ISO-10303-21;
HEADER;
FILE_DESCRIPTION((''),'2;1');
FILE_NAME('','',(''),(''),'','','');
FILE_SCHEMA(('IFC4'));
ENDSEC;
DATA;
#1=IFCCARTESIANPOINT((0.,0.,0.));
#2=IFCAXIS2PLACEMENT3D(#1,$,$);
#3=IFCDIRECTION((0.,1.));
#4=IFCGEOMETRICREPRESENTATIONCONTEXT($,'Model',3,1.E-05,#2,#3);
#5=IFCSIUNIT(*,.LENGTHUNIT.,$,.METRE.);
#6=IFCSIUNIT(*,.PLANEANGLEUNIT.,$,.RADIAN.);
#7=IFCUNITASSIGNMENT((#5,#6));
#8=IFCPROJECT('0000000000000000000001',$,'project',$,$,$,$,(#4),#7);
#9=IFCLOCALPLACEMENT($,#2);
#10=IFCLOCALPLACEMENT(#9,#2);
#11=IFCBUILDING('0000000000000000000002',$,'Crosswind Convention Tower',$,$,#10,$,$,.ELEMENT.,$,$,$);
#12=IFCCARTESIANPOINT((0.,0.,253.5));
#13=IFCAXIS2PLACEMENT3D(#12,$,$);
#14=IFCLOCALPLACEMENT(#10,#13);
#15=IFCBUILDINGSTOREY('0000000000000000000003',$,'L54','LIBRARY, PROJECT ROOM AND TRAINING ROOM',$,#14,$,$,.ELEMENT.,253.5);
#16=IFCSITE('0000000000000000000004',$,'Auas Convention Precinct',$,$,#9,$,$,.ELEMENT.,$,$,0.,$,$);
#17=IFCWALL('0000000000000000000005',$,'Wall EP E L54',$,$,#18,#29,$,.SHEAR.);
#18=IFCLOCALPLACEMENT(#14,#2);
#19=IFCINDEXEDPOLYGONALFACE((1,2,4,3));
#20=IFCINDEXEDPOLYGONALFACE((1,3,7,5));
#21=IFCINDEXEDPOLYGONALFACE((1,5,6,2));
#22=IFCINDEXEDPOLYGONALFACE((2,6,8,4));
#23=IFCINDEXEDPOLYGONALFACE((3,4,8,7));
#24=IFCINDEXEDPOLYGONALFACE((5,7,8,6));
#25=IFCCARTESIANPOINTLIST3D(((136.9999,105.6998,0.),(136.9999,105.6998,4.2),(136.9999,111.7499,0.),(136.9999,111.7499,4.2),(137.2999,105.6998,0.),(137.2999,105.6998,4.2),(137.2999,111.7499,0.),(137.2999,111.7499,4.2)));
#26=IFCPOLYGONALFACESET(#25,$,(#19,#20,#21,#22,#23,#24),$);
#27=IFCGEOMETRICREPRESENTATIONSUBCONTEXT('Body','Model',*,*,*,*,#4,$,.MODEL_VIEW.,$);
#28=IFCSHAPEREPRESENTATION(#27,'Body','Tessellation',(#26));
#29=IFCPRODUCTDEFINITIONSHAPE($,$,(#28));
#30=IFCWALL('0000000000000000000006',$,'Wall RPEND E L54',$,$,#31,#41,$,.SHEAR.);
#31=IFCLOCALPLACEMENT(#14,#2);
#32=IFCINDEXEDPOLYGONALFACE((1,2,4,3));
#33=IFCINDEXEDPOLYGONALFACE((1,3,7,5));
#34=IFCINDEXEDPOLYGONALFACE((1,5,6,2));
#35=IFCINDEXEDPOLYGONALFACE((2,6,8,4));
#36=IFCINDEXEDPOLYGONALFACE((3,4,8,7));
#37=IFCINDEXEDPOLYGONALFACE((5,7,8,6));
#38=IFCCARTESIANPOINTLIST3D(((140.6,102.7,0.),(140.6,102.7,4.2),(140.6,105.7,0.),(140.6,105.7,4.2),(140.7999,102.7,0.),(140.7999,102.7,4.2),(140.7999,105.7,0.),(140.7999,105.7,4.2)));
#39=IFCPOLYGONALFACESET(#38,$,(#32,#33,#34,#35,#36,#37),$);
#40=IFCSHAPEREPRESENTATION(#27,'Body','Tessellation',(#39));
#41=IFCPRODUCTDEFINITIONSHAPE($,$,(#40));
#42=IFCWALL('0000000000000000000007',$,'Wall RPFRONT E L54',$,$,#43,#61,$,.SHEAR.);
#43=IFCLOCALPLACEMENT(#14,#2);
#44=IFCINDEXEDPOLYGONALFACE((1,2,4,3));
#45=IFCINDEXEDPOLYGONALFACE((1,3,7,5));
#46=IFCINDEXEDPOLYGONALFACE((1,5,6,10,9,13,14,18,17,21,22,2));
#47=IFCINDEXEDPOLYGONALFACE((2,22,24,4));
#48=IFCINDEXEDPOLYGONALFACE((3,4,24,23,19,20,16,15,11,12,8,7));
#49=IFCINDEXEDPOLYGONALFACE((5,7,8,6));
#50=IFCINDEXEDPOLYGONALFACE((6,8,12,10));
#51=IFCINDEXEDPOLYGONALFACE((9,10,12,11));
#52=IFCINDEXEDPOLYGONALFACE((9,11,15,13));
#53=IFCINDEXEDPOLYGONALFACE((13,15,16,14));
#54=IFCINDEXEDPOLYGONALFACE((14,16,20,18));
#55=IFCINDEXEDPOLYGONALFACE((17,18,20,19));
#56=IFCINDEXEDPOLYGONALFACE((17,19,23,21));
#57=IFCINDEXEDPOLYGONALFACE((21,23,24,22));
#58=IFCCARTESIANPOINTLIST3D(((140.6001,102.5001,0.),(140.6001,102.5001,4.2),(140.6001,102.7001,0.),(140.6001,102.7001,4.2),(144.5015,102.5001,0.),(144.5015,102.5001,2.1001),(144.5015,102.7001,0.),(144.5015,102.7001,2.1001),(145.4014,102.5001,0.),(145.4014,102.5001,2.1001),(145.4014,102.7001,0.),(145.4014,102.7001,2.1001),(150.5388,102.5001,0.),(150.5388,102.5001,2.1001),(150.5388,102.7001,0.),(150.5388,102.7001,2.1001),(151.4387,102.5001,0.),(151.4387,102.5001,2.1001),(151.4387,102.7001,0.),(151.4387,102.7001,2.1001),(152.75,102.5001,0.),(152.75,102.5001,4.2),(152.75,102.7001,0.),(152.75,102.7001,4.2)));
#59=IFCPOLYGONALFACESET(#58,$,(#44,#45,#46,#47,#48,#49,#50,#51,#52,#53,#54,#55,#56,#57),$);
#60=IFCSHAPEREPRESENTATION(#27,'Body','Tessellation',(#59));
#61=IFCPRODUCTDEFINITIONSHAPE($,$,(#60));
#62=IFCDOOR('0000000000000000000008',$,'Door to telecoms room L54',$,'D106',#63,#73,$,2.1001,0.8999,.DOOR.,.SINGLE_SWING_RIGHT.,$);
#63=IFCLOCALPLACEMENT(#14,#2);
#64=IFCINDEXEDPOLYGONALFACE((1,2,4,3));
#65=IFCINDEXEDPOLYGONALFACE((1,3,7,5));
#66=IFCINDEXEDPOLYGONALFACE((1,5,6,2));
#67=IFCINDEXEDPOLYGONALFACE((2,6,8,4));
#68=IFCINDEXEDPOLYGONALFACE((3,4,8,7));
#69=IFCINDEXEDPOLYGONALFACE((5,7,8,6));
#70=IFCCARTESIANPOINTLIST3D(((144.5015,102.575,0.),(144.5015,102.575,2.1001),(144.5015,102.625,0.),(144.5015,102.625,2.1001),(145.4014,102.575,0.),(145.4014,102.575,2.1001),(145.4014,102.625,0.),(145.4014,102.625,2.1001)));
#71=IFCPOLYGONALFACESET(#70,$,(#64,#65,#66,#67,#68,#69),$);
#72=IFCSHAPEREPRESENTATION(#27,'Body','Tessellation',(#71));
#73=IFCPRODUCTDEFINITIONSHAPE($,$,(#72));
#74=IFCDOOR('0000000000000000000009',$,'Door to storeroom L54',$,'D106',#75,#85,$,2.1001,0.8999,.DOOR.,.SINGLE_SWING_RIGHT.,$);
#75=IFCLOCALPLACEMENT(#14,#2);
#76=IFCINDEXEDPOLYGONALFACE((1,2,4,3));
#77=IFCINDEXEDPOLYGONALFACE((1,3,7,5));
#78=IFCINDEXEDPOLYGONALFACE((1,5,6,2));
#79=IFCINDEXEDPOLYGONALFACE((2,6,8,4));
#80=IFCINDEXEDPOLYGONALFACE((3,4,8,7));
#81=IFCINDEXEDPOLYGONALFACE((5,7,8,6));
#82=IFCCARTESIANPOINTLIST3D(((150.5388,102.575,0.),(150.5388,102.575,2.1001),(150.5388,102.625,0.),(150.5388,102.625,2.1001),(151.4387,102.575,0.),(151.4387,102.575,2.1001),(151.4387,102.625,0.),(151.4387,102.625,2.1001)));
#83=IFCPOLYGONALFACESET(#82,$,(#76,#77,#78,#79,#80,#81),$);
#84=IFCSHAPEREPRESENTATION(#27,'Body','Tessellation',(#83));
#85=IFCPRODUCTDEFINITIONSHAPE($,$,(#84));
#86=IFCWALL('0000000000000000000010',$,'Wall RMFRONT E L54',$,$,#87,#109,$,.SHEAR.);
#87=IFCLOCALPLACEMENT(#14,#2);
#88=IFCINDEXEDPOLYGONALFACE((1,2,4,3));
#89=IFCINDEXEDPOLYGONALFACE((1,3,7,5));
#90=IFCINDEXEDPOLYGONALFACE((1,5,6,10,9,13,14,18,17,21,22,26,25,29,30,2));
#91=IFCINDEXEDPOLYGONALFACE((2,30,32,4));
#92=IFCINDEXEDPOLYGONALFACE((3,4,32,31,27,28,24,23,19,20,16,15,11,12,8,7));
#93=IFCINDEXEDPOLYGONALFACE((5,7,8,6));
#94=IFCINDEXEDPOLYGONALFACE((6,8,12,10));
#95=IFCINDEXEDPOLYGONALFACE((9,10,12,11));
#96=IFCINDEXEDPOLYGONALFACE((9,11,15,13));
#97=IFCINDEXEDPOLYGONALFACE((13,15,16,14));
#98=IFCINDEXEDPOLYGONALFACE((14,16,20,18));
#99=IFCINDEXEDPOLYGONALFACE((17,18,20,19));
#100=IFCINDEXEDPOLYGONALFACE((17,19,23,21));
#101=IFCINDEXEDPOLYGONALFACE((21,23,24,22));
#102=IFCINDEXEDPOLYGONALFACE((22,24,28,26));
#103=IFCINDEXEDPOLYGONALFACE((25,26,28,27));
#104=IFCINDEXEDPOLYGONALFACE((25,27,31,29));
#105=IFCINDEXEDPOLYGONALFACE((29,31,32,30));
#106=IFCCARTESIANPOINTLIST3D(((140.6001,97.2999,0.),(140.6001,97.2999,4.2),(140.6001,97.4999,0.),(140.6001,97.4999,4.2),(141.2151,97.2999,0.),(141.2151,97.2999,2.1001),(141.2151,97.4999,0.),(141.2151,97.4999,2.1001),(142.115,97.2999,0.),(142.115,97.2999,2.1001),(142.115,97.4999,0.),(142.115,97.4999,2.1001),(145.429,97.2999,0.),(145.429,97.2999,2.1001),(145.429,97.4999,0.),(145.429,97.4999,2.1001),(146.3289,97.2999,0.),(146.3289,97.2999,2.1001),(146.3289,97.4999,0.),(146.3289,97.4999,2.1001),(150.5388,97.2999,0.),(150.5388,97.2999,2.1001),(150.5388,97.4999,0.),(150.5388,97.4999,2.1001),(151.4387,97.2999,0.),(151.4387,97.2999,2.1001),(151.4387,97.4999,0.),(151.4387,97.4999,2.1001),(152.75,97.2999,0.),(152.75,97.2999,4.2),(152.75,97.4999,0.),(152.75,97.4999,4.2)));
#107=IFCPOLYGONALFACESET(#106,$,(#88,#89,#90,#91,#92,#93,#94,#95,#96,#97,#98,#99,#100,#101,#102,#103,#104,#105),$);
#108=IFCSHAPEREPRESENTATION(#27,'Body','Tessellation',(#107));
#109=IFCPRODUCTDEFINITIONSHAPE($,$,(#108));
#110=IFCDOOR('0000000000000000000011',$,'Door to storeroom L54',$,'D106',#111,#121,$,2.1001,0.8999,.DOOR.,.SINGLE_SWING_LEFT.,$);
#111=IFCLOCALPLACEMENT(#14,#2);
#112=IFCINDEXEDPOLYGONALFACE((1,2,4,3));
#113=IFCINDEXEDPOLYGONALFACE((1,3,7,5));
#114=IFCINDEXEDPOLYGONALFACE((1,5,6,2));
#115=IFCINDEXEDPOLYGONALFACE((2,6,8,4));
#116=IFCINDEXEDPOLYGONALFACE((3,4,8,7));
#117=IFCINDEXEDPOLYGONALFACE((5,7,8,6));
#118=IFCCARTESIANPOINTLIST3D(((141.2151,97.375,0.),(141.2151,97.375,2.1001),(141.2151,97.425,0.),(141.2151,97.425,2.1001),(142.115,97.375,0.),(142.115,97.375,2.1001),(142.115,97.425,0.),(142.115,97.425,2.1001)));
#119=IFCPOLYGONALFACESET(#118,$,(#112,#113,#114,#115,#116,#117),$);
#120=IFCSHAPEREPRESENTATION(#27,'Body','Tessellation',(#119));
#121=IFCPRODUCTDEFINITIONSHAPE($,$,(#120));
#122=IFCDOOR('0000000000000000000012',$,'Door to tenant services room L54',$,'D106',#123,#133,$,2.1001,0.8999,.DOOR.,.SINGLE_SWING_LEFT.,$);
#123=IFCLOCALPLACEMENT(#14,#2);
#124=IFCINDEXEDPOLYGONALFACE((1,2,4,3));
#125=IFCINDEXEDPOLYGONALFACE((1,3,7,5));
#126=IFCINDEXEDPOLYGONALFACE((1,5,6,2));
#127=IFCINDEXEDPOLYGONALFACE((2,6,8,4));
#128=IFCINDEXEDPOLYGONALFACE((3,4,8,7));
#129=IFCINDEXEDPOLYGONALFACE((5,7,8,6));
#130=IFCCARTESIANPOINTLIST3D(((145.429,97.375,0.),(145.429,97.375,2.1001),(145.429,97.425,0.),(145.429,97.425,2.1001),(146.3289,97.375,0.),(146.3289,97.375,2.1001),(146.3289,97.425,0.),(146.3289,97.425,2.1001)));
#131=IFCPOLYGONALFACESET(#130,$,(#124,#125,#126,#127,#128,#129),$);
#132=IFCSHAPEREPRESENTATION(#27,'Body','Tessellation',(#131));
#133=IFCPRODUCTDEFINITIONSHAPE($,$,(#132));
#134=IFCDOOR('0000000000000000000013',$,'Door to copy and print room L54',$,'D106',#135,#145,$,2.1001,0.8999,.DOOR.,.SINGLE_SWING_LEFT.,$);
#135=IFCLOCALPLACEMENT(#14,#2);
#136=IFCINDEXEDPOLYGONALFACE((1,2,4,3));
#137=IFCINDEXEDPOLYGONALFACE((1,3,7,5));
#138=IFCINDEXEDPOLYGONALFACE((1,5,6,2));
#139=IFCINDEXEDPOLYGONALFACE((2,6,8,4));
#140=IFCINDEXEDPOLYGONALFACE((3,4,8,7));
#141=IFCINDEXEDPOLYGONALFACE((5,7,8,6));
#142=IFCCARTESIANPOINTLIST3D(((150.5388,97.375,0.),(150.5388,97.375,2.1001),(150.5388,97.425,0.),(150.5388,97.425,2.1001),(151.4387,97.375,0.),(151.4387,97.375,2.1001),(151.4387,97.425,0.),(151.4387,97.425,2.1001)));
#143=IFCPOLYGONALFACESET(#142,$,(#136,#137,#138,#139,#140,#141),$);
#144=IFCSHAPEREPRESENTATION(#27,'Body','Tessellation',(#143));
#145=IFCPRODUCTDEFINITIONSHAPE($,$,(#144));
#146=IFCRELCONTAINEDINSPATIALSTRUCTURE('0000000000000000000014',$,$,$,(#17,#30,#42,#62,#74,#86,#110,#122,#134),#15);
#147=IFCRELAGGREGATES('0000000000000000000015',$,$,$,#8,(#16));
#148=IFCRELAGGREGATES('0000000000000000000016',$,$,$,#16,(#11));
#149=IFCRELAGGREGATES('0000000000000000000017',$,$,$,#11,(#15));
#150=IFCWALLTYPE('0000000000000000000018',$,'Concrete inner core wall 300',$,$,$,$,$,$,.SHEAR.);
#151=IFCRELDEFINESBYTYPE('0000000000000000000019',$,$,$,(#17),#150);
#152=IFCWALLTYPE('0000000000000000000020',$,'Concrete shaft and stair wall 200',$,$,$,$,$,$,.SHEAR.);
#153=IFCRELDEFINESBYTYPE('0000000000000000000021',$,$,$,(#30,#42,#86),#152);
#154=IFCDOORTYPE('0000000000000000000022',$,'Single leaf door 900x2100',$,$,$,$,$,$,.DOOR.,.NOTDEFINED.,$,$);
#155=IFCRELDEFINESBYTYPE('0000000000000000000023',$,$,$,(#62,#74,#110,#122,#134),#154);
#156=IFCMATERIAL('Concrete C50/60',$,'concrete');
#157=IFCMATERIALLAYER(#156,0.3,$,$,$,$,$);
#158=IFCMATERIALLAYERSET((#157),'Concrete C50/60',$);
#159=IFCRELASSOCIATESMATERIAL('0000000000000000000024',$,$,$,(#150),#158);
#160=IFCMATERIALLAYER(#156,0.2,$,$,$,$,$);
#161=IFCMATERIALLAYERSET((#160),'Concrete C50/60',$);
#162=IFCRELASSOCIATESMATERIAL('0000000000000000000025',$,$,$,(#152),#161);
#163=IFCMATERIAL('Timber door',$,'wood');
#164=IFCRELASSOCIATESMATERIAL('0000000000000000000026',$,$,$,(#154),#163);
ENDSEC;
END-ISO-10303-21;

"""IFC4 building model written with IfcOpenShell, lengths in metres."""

from ifc_helpers import new_model, si_unit, direction, frame, frame_2d, origin, place, context, subcontext, project, spatial, rectangle, extrude, material, layer, layer_set, type_object, element, fill, save


model = new_model("IFC4")

# Units and contexts
model_context = context("Model", 3, precision=1e-05, world=origin(), true_north=direction((0.0, 1.0)))
body_context = subcontext(model_context, "Body", "Model", "MODEL_VIEW")
ifc_project = project(units=[si_unit("LENGTHUNIT", "METRE"), si_unit("PLANEANGLEUNIT", "RADIAN")], contexts=[model_context])

# Site, building, storey
site_placement = place(None, origin())
site = spatial("IfcSite", under=ifc_project, at=site_placement, Name="Auas Convention Precinct", CompositionType="ELEMENT", RefElevation=0.0)
building_placement = place(site_placement, origin())
building = spatial("IfcBuilding", under=site, at=building_placement, Name="Crosswind Convention Tower", CompositionType="ELEMENT")
storey_placement = place(building_placement, frame((0.0, 0.0, 253.5)))
storey = spatial("IfcBuildingStorey", under=building, at=storey_placement, Name="L54", Description="LIBRARY, PROJECT ROOM AND TRAINING ROOM", CompositionType="ELEMENT", Elevation=253.5)

# Walls
ifc_material_1 = material(Name="Concrete C50/60", Category="concrete")
ifc_layer_1 = layer(ifc_material_1, 0.3)
ifc_layer_set_1 = layer_set([ifc_layer_1], Name="Concrete C50/60")
wall_type_1 = type_object("IfcWallType", Name="Concrete inner core wall 300", PredefinedType="SHEAR", material=ifc_layer_set_1)
wall_1_placement = place(storey_placement, frame((137.1499, 105.7, 0.0), z_axis=(0.0, 0.0, 1.0), x_axis=(0.0, 1.0, 0.0)))
element("IfcWall", 1, at=wall_1_placement, inside=storey, type_object=wall_type_1, Name="Wall EP E L54", PredefinedType="SHEAR", context=body_context, shape_type="SweptSolid", body=[
    extrude(rectangle(XDim=6.05, YDim=0.3, at=frame_2d((3.0249, 0.0))), origin(), (0.0, 0.0, 1.0), 4.2),
])
ifc_layer_2 = layer(ifc_material_1, 0.2)
ifc_layer_set_2 = layer_set([ifc_layer_2], Name="Concrete C50/60")
wall_type_2 = type_object("IfcWallType", Name="Concrete shaft and stair wall 200", PredefinedType="SHEAR", material=ifc_layer_set_2)
wall_2_placement = place(storey_placement, frame((140.7, 102.7, 0.0), z_axis=(0.0, 0.0, 1.0), x_axis=(0.0, 1.0, 0.0)))
element("IfcWall", 2, at=wall_2_placement, inside=storey, type_object=wall_type_2, Name="Wall RPEND E L54", PredefinedType="SHEAR", context=body_context, shape_type="SweptSolid", body=[
    extrude(rectangle(XDim=3.0, YDim=0.2, at=frame_2d((1.5, 0.0))), origin(), (0.0, 0.0, 1.0), 4.2),
])

# Walls, openings, doors
wall_3_placement = place(storey_placement, frame((140.6001, 102.6001, 0.0), z_axis=(0.0, 0.0, 1.0), x_axis=(1.0, 0.0, 0.0)))
wall_3 = element("IfcWall", 3, at=wall_3_placement, inside=storey, type_object=wall_type_2, Name="Wall RPFRONT E L54", PredefinedType="SHEAR", context=body_context, shape_type="SweptSolid", body=[
    extrude(rectangle(XDim=12.1499, YDim=0.2, at=frame_2d((6.075, 0.0))), origin(), (0.0, 0.0, 1.0), 4.2),
])
opening_1_placement = place(wall_3_placement, frame((3.9014, 0.0, 0.0)))
opening_1 = element("IfcOpeningElement", 4, at=opening_1_placement, cuts=wall_3, PredefinedType="OPENING", context=body_context, shape_type="SweptSolid", body=[
    extrude(rectangle(XDim=0.8999, YDim=2.1001, at=frame_2d((0.45, 1.05))), frame((0.0, 0.1099, 0.0), z_axis=(0.0, -1.0, 0.0), x_axis=(1.0, 0.0, 0.0)), (0.0, 0.0, 1.0), 0.22),
])
opening_2_placement = place(wall_3_placement, frame((9.9387, 0.0, 0.0)))
opening_2 = element("IfcOpeningElement", 5, at=opening_2_placement, cuts=wall_3, PredefinedType="OPENING", context=body_context, shape_type="SweptSolid", body=[
    extrude(rectangle(XDim=0.8999, YDim=2.1001, at=frame_2d((0.45, 1.05))), frame((0.0, 0.1099, 0.0), z_axis=(0.0, -1.0, 0.0), x_axis=(1.0, 0.0, 0.0)), (0.0, 0.0, 1.0), 0.22),
])
ifc_material_2 = material(Name="Timber door", Category="wood")
door_type_1 = type_object("IfcDoorType", Name="Single leaf door 900x2100", OperationType="NOTDEFINED", PredefinedType="DOOR", material=ifc_material_2)
door_1_placement = place(opening_1_placement, origin())
door_1 = element("IfcDoor", 6, at=door_1_placement, inside=storey, type_object=door_type_1, Name="Door to telecoms room L54", ObjectType="D106", OperationType="SINGLE_SWING_RIGHT", OverallHeight=2.1001, OverallWidth=0.8999, PredefinedType="DOOR", context=body_context, shape_type="SweptSolid", body=[
    extrude(rectangle(XDim=0.8999, YDim=2.1001, at=frame_2d((0.45, 1.05))), frame((0.0, 0.0249, 0.0), z_axis=(0.0, -1.0, 0.0), x_axis=(1.0, 0.0, 0.0)), (0.0, 0.0, 1.0), 0.05),
])
fill(opening_1, door_1)
door_2_placement = place(opening_2_placement, origin())
door_2 = element("IfcDoor", 7, at=door_2_placement, inside=storey, type_object=door_type_1, Name="Door to storeroom L54", ObjectType="D106", OperationType="SINGLE_SWING_RIGHT", OverallHeight=2.1001, OverallWidth=0.8999, PredefinedType="DOOR", context=body_context, shape_type="SweptSolid", body=[
    extrude(rectangle(XDim=0.8999, YDim=2.1001, at=frame_2d((0.45, 1.05))), frame((0.0, 0.0249, 0.0), z_axis=(0.0, -1.0, 0.0), x_axis=(1.0, 0.0, 0.0)), (0.0, 0.0, 1.0), 0.05),
])
fill(opening_2, door_2)
wall_4_placement = place(storey_placement, frame((140.6001, 97.3999, 0.0), z_axis=(0.0, 0.0, 1.0), x_axis=(1.0, 0.0, 0.0)))
wall_4 = element("IfcWall", 8, at=wall_4_placement, inside=storey, type_object=wall_type_2, Name="Wall RMFRONT E L54", PredefinedType="SHEAR", context=body_context, shape_type="SweptSolid", body=[
    extrude(rectangle(XDim=12.1499, YDim=0.2, at=frame_2d((6.075, 0.0))), origin(), (0.0, 0.0, 1.0), 4.2),
])
opening_3_placement = place(wall_4_placement, frame((0.615, 0.0, 0.0)))
opening_3 = element("IfcOpeningElement", 9, at=opening_3_placement, cuts=wall_4, PredefinedType="OPENING", context=body_context, shape_type="SweptSolid", body=[
    extrude(rectangle(XDim=0.8999, YDim=2.1001, at=frame_2d((0.45, 1.05))), frame((0.0, 0.1099, 0.0), z_axis=(0.0, -1.0, 0.0), x_axis=(1.0, 0.0, 0.0)), (0.0, 0.0, 1.0), 0.22),
])
opening_4_placement = place(wall_4_placement, frame((4.8289, 0.0, 0.0)))
opening_4 = element("IfcOpeningElement", 10, at=opening_4_placement, cuts=wall_4, PredefinedType="OPENING", context=body_context, shape_type="SweptSolid", body=[
    extrude(rectangle(XDim=0.8999, YDim=2.1001, at=frame_2d((0.45, 1.05))), frame((0.0, 0.1099, 0.0), z_axis=(0.0, -1.0, 0.0), x_axis=(1.0, 0.0, 0.0)), (0.0, 0.0, 1.0), 0.22),
])
opening_5_placement = place(wall_4_placement, frame((9.9387, 0.0, 0.0)))
opening_5 = element("IfcOpeningElement", 11, at=opening_5_placement, cuts=wall_4, PredefinedType="OPENING", context=body_context, shape_type="SweptSolid", body=[
    extrude(rectangle(XDim=0.8999, YDim=2.1001, at=frame_2d((0.45, 1.05))), frame((0.0, 0.1099, 0.0), z_axis=(0.0, -1.0, 0.0), x_axis=(1.0, 0.0, 0.0)), (0.0, 0.0, 1.0), 0.22),
])
door_3_placement = place(opening_3_placement, frame((0.8999, 0.0, 0.0), z_axis=(0.0, 0.0, 1.0), x_axis=(-1.0, 0.0, 0.0)))
door_3 = element("IfcDoor", 12, at=door_3_placement, inside=storey, type_object=door_type_1, Name="Door to storeroom L54", ObjectType="D106", OperationType="SINGLE_SWING_LEFT", OverallHeight=2.1001, OverallWidth=0.8999, PredefinedType="DOOR", context=body_context, shape_type="SweptSolid", body=[
    extrude(rectangle(XDim=0.8999, YDim=2.1001, at=frame_2d((0.45, 1.05))), frame((0.0, 0.0249, 0.0), z_axis=(0.0, -1.0, 0.0), x_axis=(1.0, 0.0, 0.0)), (0.0, 0.0, 1.0), 0.05),
])
fill(opening_3, door_3)
door_4_placement = place(opening_4_placement, frame((0.8999, 0.0, 0.0), z_axis=(0.0, 0.0, 1.0), x_axis=(-1.0, 0.0, 0.0)))
door_4 = element("IfcDoor", 13, at=door_4_placement, inside=storey, type_object=door_type_1, Name="Door to tenant services room L54", ObjectType="D106", OperationType="SINGLE_SWING_LEFT", OverallHeight=2.1001, OverallWidth=0.8999, PredefinedType="DOOR", context=body_context, shape_type="SweptSolid", body=[
    extrude(rectangle(XDim=0.8999, YDim=2.1001, at=frame_2d((0.45, 1.05))), frame((0.0, 0.0249, 0.0), z_axis=(0.0, -1.0, 0.0), x_axis=(1.0, 0.0, 0.0)), (0.0, 0.0, 1.0), 0.05),
])
fill(opening_4, door_4)
door_5_placement = place(opening_5_placement, frame((0.8999, 0.0, 0.0), z_axis=(0.0, 0.0, 1.0), x_axis=(-1.0, 0.0, 0.0)))
door_5 = element("IfcDoor", 14, at=door_5_placement, inside=storey, type_object=door_type_1, Name="Door to copy and print room L54", ObjectType="D106", OperationType="SINGLE_SWING_LEFT", OverallHeight=2.1001, OverallWidth=0.8999, PredefinedType="DOOR", context=body_context, shape_type="SweptSolid", body=[
    extrude(rectangle(XDim=0.8999, YDim=2.1001, at=frame_2d((0.45, 1.05))), frame((0.0, 0.0249, 0.0), z_axis=(0.0, -1.0, 0.0), x_axis=(1.0, 0.0, 0.0)), (0.0, 0.0, 1.0), 0.05),
])
fill(opening_5, door_5)

save(model, "model.ifc")
